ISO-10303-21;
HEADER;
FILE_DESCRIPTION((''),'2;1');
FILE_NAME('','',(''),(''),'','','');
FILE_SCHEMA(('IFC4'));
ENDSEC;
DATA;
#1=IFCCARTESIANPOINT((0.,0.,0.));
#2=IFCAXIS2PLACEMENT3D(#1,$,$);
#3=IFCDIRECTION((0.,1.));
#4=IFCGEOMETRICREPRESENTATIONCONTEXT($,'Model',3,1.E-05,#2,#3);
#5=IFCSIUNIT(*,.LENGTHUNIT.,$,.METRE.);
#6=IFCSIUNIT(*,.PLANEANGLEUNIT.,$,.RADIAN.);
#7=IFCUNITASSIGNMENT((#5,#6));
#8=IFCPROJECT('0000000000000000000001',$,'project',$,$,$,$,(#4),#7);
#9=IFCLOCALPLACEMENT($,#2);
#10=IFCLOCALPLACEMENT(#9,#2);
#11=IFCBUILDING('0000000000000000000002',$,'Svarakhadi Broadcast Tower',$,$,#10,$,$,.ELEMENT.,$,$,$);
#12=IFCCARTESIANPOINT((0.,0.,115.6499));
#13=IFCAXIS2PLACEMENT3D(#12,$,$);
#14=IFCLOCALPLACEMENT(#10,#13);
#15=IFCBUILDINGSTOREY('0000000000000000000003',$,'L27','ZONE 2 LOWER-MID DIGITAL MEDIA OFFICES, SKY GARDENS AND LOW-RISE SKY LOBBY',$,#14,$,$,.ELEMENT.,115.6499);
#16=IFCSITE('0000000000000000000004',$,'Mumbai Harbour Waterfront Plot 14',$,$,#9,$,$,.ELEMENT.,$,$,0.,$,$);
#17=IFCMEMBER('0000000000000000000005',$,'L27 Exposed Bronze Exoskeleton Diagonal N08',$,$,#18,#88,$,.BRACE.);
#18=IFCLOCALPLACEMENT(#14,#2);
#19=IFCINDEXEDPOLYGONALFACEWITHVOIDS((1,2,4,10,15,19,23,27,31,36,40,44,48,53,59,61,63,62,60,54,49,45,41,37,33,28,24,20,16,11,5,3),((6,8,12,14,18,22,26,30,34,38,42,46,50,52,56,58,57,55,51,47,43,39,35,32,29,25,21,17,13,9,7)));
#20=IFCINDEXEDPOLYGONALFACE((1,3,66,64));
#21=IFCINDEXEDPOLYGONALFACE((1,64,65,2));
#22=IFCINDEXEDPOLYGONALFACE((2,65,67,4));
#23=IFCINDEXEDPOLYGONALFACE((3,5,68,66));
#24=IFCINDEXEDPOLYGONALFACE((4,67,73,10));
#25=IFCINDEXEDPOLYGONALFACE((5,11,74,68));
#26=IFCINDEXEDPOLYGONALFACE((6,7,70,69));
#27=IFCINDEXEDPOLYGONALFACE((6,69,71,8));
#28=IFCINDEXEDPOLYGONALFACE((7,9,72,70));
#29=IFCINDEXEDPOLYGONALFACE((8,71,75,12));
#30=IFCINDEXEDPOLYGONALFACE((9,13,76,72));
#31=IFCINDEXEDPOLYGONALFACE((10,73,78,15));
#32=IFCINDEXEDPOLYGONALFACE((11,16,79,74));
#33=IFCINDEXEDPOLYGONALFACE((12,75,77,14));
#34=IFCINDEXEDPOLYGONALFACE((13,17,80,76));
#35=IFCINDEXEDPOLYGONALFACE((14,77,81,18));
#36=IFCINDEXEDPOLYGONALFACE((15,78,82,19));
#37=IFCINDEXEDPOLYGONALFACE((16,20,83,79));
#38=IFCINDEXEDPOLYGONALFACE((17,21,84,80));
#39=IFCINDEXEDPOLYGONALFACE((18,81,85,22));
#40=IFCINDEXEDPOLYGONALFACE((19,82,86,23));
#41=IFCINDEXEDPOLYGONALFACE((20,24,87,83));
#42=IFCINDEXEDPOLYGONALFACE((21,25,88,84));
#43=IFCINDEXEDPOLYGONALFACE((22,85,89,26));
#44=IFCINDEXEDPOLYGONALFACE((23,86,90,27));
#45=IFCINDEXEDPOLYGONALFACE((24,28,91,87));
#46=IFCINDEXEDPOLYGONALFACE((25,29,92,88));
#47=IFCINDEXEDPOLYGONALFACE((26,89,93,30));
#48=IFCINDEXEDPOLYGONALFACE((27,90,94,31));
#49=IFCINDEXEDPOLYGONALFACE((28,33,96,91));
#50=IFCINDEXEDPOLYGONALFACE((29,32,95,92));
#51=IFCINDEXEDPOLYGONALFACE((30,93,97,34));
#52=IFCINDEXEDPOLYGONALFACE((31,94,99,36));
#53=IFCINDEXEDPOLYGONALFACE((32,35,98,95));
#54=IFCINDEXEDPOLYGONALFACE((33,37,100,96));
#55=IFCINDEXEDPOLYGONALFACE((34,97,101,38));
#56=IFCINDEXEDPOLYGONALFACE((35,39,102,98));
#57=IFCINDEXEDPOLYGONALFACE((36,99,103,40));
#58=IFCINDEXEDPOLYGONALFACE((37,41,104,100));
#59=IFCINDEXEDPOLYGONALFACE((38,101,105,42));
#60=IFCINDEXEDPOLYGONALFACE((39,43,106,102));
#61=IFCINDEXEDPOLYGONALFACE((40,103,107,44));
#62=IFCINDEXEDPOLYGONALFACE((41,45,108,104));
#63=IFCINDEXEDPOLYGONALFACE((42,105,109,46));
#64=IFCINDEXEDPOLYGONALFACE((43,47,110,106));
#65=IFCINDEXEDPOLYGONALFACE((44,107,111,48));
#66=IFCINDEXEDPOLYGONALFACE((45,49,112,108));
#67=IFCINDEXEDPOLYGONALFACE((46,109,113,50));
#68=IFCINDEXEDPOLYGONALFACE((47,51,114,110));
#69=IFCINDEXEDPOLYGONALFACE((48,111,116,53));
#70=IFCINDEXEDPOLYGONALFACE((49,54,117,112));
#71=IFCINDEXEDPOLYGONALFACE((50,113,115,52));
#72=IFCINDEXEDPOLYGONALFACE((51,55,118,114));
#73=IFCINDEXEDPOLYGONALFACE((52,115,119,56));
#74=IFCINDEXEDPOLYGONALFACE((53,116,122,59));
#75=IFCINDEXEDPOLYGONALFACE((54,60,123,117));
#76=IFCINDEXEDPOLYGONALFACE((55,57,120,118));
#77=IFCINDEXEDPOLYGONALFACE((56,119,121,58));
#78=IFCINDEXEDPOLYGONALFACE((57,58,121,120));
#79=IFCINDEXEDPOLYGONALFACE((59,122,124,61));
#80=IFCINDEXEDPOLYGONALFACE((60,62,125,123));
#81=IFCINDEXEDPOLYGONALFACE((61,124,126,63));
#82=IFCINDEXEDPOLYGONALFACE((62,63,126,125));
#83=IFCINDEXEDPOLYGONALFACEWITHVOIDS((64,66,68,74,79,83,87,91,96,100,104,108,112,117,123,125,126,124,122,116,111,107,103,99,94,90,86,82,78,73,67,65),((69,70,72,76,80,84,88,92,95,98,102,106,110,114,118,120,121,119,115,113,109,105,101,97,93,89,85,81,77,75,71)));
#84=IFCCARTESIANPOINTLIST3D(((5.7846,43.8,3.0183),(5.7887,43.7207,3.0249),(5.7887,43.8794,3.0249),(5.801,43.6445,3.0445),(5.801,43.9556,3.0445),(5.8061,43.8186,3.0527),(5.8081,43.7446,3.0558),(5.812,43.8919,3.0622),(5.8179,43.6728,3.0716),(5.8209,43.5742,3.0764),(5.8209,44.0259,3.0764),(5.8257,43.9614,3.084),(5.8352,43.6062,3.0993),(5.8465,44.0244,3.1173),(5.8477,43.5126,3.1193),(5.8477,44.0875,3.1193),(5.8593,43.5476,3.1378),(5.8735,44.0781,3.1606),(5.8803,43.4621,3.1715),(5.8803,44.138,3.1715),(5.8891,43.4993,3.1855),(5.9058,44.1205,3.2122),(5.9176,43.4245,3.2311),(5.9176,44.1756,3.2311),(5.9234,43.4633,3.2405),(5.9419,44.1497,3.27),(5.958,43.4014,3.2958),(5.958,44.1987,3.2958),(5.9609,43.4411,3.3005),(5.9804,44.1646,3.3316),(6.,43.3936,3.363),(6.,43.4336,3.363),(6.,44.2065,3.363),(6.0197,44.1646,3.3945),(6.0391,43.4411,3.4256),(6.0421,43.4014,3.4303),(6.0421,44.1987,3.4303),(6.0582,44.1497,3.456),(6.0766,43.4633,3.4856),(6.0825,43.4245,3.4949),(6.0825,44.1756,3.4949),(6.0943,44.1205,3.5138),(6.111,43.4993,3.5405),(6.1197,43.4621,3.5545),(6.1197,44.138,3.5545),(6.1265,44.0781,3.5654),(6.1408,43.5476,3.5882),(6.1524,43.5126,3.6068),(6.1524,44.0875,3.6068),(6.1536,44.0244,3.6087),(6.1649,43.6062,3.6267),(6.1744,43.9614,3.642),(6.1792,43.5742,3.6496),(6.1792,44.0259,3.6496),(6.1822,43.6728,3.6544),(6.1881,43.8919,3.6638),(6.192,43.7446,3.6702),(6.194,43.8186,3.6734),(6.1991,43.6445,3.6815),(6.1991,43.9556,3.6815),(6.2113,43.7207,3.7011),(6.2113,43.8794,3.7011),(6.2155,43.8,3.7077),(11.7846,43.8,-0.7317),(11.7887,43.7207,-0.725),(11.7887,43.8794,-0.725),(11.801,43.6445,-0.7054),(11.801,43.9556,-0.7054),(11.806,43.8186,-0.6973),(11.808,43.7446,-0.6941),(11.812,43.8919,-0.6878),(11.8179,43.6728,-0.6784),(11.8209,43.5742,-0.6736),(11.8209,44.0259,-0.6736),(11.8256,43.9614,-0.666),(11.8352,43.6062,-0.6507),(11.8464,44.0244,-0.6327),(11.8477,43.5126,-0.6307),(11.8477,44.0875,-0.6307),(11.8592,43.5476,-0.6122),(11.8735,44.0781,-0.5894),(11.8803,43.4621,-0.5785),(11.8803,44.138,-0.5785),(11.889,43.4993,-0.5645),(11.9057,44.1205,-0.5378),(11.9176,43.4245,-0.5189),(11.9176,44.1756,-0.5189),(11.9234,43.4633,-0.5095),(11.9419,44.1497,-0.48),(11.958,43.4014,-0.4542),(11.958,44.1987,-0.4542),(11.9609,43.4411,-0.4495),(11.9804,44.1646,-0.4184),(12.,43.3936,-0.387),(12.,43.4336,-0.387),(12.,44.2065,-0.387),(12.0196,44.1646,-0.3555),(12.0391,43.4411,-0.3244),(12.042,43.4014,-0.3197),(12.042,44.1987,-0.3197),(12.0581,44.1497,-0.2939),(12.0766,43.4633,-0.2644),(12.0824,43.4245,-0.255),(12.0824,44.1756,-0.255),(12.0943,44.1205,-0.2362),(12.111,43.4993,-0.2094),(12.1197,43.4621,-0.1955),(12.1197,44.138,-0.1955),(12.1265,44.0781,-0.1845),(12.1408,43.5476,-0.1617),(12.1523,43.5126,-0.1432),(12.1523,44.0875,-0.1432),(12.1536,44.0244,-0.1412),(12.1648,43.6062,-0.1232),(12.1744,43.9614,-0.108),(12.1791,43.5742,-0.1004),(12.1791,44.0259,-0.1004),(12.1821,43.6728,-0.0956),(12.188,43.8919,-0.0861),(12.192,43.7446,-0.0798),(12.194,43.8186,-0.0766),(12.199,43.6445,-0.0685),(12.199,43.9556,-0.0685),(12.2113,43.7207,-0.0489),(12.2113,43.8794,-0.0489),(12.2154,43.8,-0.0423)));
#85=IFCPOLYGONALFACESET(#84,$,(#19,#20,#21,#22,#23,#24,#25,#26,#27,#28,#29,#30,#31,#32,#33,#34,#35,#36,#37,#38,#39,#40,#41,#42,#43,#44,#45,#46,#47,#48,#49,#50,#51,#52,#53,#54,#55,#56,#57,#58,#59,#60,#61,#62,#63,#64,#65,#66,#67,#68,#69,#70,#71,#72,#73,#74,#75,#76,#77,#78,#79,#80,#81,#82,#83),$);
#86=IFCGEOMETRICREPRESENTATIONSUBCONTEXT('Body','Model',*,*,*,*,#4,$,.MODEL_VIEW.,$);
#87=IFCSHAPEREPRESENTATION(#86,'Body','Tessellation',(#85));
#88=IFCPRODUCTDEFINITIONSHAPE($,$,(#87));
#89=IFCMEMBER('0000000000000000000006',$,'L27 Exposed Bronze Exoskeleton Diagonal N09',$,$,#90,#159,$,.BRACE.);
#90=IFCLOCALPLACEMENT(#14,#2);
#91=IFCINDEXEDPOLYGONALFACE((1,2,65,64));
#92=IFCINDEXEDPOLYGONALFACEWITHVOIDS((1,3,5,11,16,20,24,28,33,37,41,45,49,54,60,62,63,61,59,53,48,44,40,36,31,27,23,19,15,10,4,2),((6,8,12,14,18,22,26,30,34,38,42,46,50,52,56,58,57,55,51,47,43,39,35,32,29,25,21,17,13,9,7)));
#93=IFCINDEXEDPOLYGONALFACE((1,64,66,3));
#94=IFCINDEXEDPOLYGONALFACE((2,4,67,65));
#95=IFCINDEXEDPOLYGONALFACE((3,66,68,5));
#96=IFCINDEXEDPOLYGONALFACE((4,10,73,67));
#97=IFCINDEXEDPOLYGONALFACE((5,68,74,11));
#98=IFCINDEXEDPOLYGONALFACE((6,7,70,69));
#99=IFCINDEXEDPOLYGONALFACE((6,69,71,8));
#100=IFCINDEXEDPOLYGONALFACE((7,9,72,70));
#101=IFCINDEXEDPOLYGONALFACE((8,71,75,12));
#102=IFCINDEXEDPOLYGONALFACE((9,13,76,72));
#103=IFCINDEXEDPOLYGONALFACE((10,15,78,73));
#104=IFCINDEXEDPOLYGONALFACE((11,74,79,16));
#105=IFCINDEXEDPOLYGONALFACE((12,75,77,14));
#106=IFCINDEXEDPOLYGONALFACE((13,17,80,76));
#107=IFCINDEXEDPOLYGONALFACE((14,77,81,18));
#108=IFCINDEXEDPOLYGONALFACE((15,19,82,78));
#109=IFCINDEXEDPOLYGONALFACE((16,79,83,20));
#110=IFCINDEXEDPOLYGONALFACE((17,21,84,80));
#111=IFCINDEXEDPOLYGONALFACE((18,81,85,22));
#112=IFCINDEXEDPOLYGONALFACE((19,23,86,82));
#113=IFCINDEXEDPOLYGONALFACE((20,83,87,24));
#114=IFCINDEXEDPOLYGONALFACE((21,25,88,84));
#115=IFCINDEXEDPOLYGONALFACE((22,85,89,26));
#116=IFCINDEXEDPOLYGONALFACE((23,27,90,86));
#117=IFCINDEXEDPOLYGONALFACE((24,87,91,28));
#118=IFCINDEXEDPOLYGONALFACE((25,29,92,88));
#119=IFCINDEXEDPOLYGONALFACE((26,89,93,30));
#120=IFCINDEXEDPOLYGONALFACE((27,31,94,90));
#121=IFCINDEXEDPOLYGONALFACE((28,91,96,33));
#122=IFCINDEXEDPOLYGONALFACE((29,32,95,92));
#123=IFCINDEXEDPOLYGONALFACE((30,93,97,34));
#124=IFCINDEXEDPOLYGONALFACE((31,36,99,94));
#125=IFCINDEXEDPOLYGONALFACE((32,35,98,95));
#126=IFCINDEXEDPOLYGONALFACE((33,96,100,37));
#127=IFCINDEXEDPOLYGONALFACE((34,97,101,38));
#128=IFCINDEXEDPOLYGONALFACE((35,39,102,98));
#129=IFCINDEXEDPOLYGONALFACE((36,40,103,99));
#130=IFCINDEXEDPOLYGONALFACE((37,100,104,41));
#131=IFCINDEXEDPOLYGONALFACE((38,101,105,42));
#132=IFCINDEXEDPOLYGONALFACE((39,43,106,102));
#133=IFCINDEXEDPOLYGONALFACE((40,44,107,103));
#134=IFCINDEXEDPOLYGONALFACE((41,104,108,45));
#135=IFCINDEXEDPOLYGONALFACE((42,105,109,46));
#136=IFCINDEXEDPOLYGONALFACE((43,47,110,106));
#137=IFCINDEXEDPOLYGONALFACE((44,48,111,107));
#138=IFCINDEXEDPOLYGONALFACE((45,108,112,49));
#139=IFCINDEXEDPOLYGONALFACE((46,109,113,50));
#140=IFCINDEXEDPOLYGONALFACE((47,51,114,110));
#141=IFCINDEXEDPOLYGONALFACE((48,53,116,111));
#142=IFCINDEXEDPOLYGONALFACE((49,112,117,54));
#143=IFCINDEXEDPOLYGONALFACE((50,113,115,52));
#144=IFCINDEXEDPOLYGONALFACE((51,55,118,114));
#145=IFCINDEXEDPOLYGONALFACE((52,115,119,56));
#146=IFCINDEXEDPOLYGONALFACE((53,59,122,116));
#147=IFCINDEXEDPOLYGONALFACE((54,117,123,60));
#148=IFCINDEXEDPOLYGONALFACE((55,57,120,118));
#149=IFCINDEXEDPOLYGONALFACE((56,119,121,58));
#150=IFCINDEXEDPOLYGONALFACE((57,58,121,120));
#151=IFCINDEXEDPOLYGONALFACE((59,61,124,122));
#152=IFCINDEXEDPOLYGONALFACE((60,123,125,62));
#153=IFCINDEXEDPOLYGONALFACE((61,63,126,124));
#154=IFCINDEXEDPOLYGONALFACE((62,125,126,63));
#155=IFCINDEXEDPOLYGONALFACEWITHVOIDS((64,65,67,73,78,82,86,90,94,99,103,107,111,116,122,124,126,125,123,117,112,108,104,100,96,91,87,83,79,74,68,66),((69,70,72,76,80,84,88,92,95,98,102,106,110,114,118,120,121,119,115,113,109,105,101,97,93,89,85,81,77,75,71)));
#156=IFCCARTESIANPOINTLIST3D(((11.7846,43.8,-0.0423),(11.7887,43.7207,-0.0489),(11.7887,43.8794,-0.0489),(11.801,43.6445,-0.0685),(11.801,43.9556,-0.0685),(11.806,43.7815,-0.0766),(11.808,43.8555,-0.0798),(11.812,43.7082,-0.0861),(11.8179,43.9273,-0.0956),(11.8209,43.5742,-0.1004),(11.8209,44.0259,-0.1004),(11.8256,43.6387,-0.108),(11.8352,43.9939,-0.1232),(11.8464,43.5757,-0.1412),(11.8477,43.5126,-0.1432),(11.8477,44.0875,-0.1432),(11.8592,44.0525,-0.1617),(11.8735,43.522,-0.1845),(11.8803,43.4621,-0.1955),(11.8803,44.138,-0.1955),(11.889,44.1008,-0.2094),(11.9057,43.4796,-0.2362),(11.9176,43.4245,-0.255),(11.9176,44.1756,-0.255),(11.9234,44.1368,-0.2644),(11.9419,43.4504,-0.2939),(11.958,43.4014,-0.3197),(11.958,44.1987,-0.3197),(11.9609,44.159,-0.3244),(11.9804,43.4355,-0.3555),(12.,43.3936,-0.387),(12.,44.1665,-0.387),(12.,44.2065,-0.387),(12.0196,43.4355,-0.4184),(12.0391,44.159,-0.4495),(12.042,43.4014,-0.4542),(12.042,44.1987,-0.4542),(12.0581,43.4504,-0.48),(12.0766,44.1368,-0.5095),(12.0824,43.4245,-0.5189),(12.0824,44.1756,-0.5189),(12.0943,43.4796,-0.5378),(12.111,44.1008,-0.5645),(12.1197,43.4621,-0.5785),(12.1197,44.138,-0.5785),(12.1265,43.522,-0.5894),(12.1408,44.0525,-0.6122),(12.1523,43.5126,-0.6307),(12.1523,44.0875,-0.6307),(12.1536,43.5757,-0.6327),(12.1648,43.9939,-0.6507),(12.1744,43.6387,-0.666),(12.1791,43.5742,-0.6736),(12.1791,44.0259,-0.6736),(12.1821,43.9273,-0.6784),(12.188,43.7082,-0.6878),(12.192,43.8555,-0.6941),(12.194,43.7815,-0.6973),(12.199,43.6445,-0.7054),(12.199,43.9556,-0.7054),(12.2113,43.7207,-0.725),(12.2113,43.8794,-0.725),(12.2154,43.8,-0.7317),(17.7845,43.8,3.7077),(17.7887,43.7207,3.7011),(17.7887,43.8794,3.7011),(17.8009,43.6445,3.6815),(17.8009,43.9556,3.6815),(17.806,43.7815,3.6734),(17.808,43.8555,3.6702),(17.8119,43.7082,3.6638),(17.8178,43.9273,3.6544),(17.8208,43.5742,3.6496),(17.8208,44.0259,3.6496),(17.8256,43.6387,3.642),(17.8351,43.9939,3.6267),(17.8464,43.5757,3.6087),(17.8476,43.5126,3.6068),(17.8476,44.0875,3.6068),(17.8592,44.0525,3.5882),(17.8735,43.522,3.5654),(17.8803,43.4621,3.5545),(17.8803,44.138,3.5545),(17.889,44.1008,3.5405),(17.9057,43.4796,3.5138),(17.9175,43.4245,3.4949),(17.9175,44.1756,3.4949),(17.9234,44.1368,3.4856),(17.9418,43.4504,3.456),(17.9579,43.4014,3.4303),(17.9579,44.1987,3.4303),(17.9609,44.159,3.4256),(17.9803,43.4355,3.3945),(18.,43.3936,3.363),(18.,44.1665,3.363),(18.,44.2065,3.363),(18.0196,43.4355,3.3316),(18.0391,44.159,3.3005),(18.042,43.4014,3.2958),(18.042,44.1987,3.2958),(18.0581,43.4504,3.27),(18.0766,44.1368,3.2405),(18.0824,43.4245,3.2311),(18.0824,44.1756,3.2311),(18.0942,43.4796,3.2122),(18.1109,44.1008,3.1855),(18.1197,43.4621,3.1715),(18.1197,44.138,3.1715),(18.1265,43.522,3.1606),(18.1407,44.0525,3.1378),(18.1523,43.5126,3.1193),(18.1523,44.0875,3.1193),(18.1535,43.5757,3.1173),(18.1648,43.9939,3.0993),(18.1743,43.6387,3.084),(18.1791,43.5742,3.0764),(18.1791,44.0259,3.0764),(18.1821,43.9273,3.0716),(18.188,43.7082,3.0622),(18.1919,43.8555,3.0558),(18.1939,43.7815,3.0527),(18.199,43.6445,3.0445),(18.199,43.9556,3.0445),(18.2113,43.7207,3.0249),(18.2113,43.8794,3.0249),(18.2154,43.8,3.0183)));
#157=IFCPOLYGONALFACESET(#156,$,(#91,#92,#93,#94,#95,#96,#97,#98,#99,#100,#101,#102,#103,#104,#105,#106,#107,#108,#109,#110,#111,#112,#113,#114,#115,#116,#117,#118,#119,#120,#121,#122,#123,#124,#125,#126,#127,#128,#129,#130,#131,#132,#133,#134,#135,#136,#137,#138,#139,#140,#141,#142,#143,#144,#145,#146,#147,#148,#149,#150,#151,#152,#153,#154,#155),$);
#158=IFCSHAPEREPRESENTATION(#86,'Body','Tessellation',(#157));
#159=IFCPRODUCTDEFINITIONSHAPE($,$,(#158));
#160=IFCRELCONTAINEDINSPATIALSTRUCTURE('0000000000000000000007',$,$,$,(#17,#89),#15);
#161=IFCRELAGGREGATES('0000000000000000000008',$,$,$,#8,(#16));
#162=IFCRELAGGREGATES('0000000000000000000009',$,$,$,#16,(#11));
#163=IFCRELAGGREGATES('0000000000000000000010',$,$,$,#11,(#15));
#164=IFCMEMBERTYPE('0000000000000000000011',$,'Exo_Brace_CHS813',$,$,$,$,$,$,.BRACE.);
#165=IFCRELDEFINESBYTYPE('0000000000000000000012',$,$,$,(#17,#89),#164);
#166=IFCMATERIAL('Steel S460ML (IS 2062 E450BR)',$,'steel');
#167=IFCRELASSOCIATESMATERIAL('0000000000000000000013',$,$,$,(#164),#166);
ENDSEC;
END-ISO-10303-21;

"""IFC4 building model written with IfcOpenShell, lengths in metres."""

from ifc_helpers import new_model, si_unit, direction, frame, origin, origin_2d, place, context, subcontext, project, spatial, hollow_circle, extrude, material, material_profile, profile_set, type_object, element, save


model = new_model("IFC4")

# Units and contexts
model_context = context("Model", 3, precision=1e-05, world=origin(), true_north=direction((0.0, 1.0)))
body_context = subcontext(model_context, "Body", "Model", "MODEL_VIEW")
ifc_project = project(units=[si_unit("LENGTHUNIT", "METRE"), si_unit("PLANEANGLEUNIT", "RADIAN")], contexts=[model_context])

# Site, building, storey
site_placement = place(None, origin())
site = spatial("IfcSite", under=ifc_project, at=site_placement, Name="Mumbai Harbour Waterfront Plot 14", CompositionType="ELEMENT", RefElevation=0.0)
building_placement = place(site_placement, origin())
building = spatial("IfcBuilding", under=site, at=building_placement, Name="Svarakhadi Broadcast Tower", CompositionType="ELEMENT")
storey_placement = place(building_placement, frame((0.0, 0.0, 115.6499)))
storey = spatial("IfcBuildingStorey", under=building, at=storey_placement, Name="L27", Description="ZONE 2 LOWER-MID DIGITAL MEDIA OFFICES, SKY GARDENS AND LOW-RISE SKY LOBBY", CompositionType="ELEMENT", Elevation=115.6499)

# Shared definitions
ifc_material_1 = material(Name="Steel S460ML (IS 2062 E450BR)", Category="steel")

# Members
ifc_material_profile_1 = material_profile(ifc_material_1, hollow_circle(Radius=0.4065, WallThickness=0.04, at=origin_2d()), Name="CHS 813x40")
ifc_profile_set_1 = profile_set([ifc_material_profile_1], Name="Steel S460ML (IS 2062 E450BR)")
member_type_1 = type_object("IfcMemberType", Name="Exo_Brace_CHS813", PredefinedType="BRACE", material=ifc_profile_set_1)
for number, where, z_axis, x_axis, name in (
    (1, (12.0, 43.8, -0.387), (-0.847998, 0.0, 0.529999), (0.0, -1.0, 0.0), "L27 Exposed Bronze Exoskeleton Diagonal N08"),
    (2, (12.0, 43.8, -0.387), (0.847998, 0.0, 0.529999), (0.0, 1.0, 0.0), "L27 Exposed Bronze Exoskeleton Diagonal N09"),
):
    element("IfcMember", number, at=place(storey_placement, frame(where, z_axis=z_axis, x_axis=x_axis)), inside=storey, type_object=member_type_1, Name=name, PredefinedType="BRACE", context=body_context, shape_type="SweptSolid", body=[
        extrude(hollow_circle(Radius=0.4065, WallThickness=0.04, at=origin_2d()), origin(), (0.0, 0.0, 1.0), 7.0754),
    ])

save(model, "model.ifc")
